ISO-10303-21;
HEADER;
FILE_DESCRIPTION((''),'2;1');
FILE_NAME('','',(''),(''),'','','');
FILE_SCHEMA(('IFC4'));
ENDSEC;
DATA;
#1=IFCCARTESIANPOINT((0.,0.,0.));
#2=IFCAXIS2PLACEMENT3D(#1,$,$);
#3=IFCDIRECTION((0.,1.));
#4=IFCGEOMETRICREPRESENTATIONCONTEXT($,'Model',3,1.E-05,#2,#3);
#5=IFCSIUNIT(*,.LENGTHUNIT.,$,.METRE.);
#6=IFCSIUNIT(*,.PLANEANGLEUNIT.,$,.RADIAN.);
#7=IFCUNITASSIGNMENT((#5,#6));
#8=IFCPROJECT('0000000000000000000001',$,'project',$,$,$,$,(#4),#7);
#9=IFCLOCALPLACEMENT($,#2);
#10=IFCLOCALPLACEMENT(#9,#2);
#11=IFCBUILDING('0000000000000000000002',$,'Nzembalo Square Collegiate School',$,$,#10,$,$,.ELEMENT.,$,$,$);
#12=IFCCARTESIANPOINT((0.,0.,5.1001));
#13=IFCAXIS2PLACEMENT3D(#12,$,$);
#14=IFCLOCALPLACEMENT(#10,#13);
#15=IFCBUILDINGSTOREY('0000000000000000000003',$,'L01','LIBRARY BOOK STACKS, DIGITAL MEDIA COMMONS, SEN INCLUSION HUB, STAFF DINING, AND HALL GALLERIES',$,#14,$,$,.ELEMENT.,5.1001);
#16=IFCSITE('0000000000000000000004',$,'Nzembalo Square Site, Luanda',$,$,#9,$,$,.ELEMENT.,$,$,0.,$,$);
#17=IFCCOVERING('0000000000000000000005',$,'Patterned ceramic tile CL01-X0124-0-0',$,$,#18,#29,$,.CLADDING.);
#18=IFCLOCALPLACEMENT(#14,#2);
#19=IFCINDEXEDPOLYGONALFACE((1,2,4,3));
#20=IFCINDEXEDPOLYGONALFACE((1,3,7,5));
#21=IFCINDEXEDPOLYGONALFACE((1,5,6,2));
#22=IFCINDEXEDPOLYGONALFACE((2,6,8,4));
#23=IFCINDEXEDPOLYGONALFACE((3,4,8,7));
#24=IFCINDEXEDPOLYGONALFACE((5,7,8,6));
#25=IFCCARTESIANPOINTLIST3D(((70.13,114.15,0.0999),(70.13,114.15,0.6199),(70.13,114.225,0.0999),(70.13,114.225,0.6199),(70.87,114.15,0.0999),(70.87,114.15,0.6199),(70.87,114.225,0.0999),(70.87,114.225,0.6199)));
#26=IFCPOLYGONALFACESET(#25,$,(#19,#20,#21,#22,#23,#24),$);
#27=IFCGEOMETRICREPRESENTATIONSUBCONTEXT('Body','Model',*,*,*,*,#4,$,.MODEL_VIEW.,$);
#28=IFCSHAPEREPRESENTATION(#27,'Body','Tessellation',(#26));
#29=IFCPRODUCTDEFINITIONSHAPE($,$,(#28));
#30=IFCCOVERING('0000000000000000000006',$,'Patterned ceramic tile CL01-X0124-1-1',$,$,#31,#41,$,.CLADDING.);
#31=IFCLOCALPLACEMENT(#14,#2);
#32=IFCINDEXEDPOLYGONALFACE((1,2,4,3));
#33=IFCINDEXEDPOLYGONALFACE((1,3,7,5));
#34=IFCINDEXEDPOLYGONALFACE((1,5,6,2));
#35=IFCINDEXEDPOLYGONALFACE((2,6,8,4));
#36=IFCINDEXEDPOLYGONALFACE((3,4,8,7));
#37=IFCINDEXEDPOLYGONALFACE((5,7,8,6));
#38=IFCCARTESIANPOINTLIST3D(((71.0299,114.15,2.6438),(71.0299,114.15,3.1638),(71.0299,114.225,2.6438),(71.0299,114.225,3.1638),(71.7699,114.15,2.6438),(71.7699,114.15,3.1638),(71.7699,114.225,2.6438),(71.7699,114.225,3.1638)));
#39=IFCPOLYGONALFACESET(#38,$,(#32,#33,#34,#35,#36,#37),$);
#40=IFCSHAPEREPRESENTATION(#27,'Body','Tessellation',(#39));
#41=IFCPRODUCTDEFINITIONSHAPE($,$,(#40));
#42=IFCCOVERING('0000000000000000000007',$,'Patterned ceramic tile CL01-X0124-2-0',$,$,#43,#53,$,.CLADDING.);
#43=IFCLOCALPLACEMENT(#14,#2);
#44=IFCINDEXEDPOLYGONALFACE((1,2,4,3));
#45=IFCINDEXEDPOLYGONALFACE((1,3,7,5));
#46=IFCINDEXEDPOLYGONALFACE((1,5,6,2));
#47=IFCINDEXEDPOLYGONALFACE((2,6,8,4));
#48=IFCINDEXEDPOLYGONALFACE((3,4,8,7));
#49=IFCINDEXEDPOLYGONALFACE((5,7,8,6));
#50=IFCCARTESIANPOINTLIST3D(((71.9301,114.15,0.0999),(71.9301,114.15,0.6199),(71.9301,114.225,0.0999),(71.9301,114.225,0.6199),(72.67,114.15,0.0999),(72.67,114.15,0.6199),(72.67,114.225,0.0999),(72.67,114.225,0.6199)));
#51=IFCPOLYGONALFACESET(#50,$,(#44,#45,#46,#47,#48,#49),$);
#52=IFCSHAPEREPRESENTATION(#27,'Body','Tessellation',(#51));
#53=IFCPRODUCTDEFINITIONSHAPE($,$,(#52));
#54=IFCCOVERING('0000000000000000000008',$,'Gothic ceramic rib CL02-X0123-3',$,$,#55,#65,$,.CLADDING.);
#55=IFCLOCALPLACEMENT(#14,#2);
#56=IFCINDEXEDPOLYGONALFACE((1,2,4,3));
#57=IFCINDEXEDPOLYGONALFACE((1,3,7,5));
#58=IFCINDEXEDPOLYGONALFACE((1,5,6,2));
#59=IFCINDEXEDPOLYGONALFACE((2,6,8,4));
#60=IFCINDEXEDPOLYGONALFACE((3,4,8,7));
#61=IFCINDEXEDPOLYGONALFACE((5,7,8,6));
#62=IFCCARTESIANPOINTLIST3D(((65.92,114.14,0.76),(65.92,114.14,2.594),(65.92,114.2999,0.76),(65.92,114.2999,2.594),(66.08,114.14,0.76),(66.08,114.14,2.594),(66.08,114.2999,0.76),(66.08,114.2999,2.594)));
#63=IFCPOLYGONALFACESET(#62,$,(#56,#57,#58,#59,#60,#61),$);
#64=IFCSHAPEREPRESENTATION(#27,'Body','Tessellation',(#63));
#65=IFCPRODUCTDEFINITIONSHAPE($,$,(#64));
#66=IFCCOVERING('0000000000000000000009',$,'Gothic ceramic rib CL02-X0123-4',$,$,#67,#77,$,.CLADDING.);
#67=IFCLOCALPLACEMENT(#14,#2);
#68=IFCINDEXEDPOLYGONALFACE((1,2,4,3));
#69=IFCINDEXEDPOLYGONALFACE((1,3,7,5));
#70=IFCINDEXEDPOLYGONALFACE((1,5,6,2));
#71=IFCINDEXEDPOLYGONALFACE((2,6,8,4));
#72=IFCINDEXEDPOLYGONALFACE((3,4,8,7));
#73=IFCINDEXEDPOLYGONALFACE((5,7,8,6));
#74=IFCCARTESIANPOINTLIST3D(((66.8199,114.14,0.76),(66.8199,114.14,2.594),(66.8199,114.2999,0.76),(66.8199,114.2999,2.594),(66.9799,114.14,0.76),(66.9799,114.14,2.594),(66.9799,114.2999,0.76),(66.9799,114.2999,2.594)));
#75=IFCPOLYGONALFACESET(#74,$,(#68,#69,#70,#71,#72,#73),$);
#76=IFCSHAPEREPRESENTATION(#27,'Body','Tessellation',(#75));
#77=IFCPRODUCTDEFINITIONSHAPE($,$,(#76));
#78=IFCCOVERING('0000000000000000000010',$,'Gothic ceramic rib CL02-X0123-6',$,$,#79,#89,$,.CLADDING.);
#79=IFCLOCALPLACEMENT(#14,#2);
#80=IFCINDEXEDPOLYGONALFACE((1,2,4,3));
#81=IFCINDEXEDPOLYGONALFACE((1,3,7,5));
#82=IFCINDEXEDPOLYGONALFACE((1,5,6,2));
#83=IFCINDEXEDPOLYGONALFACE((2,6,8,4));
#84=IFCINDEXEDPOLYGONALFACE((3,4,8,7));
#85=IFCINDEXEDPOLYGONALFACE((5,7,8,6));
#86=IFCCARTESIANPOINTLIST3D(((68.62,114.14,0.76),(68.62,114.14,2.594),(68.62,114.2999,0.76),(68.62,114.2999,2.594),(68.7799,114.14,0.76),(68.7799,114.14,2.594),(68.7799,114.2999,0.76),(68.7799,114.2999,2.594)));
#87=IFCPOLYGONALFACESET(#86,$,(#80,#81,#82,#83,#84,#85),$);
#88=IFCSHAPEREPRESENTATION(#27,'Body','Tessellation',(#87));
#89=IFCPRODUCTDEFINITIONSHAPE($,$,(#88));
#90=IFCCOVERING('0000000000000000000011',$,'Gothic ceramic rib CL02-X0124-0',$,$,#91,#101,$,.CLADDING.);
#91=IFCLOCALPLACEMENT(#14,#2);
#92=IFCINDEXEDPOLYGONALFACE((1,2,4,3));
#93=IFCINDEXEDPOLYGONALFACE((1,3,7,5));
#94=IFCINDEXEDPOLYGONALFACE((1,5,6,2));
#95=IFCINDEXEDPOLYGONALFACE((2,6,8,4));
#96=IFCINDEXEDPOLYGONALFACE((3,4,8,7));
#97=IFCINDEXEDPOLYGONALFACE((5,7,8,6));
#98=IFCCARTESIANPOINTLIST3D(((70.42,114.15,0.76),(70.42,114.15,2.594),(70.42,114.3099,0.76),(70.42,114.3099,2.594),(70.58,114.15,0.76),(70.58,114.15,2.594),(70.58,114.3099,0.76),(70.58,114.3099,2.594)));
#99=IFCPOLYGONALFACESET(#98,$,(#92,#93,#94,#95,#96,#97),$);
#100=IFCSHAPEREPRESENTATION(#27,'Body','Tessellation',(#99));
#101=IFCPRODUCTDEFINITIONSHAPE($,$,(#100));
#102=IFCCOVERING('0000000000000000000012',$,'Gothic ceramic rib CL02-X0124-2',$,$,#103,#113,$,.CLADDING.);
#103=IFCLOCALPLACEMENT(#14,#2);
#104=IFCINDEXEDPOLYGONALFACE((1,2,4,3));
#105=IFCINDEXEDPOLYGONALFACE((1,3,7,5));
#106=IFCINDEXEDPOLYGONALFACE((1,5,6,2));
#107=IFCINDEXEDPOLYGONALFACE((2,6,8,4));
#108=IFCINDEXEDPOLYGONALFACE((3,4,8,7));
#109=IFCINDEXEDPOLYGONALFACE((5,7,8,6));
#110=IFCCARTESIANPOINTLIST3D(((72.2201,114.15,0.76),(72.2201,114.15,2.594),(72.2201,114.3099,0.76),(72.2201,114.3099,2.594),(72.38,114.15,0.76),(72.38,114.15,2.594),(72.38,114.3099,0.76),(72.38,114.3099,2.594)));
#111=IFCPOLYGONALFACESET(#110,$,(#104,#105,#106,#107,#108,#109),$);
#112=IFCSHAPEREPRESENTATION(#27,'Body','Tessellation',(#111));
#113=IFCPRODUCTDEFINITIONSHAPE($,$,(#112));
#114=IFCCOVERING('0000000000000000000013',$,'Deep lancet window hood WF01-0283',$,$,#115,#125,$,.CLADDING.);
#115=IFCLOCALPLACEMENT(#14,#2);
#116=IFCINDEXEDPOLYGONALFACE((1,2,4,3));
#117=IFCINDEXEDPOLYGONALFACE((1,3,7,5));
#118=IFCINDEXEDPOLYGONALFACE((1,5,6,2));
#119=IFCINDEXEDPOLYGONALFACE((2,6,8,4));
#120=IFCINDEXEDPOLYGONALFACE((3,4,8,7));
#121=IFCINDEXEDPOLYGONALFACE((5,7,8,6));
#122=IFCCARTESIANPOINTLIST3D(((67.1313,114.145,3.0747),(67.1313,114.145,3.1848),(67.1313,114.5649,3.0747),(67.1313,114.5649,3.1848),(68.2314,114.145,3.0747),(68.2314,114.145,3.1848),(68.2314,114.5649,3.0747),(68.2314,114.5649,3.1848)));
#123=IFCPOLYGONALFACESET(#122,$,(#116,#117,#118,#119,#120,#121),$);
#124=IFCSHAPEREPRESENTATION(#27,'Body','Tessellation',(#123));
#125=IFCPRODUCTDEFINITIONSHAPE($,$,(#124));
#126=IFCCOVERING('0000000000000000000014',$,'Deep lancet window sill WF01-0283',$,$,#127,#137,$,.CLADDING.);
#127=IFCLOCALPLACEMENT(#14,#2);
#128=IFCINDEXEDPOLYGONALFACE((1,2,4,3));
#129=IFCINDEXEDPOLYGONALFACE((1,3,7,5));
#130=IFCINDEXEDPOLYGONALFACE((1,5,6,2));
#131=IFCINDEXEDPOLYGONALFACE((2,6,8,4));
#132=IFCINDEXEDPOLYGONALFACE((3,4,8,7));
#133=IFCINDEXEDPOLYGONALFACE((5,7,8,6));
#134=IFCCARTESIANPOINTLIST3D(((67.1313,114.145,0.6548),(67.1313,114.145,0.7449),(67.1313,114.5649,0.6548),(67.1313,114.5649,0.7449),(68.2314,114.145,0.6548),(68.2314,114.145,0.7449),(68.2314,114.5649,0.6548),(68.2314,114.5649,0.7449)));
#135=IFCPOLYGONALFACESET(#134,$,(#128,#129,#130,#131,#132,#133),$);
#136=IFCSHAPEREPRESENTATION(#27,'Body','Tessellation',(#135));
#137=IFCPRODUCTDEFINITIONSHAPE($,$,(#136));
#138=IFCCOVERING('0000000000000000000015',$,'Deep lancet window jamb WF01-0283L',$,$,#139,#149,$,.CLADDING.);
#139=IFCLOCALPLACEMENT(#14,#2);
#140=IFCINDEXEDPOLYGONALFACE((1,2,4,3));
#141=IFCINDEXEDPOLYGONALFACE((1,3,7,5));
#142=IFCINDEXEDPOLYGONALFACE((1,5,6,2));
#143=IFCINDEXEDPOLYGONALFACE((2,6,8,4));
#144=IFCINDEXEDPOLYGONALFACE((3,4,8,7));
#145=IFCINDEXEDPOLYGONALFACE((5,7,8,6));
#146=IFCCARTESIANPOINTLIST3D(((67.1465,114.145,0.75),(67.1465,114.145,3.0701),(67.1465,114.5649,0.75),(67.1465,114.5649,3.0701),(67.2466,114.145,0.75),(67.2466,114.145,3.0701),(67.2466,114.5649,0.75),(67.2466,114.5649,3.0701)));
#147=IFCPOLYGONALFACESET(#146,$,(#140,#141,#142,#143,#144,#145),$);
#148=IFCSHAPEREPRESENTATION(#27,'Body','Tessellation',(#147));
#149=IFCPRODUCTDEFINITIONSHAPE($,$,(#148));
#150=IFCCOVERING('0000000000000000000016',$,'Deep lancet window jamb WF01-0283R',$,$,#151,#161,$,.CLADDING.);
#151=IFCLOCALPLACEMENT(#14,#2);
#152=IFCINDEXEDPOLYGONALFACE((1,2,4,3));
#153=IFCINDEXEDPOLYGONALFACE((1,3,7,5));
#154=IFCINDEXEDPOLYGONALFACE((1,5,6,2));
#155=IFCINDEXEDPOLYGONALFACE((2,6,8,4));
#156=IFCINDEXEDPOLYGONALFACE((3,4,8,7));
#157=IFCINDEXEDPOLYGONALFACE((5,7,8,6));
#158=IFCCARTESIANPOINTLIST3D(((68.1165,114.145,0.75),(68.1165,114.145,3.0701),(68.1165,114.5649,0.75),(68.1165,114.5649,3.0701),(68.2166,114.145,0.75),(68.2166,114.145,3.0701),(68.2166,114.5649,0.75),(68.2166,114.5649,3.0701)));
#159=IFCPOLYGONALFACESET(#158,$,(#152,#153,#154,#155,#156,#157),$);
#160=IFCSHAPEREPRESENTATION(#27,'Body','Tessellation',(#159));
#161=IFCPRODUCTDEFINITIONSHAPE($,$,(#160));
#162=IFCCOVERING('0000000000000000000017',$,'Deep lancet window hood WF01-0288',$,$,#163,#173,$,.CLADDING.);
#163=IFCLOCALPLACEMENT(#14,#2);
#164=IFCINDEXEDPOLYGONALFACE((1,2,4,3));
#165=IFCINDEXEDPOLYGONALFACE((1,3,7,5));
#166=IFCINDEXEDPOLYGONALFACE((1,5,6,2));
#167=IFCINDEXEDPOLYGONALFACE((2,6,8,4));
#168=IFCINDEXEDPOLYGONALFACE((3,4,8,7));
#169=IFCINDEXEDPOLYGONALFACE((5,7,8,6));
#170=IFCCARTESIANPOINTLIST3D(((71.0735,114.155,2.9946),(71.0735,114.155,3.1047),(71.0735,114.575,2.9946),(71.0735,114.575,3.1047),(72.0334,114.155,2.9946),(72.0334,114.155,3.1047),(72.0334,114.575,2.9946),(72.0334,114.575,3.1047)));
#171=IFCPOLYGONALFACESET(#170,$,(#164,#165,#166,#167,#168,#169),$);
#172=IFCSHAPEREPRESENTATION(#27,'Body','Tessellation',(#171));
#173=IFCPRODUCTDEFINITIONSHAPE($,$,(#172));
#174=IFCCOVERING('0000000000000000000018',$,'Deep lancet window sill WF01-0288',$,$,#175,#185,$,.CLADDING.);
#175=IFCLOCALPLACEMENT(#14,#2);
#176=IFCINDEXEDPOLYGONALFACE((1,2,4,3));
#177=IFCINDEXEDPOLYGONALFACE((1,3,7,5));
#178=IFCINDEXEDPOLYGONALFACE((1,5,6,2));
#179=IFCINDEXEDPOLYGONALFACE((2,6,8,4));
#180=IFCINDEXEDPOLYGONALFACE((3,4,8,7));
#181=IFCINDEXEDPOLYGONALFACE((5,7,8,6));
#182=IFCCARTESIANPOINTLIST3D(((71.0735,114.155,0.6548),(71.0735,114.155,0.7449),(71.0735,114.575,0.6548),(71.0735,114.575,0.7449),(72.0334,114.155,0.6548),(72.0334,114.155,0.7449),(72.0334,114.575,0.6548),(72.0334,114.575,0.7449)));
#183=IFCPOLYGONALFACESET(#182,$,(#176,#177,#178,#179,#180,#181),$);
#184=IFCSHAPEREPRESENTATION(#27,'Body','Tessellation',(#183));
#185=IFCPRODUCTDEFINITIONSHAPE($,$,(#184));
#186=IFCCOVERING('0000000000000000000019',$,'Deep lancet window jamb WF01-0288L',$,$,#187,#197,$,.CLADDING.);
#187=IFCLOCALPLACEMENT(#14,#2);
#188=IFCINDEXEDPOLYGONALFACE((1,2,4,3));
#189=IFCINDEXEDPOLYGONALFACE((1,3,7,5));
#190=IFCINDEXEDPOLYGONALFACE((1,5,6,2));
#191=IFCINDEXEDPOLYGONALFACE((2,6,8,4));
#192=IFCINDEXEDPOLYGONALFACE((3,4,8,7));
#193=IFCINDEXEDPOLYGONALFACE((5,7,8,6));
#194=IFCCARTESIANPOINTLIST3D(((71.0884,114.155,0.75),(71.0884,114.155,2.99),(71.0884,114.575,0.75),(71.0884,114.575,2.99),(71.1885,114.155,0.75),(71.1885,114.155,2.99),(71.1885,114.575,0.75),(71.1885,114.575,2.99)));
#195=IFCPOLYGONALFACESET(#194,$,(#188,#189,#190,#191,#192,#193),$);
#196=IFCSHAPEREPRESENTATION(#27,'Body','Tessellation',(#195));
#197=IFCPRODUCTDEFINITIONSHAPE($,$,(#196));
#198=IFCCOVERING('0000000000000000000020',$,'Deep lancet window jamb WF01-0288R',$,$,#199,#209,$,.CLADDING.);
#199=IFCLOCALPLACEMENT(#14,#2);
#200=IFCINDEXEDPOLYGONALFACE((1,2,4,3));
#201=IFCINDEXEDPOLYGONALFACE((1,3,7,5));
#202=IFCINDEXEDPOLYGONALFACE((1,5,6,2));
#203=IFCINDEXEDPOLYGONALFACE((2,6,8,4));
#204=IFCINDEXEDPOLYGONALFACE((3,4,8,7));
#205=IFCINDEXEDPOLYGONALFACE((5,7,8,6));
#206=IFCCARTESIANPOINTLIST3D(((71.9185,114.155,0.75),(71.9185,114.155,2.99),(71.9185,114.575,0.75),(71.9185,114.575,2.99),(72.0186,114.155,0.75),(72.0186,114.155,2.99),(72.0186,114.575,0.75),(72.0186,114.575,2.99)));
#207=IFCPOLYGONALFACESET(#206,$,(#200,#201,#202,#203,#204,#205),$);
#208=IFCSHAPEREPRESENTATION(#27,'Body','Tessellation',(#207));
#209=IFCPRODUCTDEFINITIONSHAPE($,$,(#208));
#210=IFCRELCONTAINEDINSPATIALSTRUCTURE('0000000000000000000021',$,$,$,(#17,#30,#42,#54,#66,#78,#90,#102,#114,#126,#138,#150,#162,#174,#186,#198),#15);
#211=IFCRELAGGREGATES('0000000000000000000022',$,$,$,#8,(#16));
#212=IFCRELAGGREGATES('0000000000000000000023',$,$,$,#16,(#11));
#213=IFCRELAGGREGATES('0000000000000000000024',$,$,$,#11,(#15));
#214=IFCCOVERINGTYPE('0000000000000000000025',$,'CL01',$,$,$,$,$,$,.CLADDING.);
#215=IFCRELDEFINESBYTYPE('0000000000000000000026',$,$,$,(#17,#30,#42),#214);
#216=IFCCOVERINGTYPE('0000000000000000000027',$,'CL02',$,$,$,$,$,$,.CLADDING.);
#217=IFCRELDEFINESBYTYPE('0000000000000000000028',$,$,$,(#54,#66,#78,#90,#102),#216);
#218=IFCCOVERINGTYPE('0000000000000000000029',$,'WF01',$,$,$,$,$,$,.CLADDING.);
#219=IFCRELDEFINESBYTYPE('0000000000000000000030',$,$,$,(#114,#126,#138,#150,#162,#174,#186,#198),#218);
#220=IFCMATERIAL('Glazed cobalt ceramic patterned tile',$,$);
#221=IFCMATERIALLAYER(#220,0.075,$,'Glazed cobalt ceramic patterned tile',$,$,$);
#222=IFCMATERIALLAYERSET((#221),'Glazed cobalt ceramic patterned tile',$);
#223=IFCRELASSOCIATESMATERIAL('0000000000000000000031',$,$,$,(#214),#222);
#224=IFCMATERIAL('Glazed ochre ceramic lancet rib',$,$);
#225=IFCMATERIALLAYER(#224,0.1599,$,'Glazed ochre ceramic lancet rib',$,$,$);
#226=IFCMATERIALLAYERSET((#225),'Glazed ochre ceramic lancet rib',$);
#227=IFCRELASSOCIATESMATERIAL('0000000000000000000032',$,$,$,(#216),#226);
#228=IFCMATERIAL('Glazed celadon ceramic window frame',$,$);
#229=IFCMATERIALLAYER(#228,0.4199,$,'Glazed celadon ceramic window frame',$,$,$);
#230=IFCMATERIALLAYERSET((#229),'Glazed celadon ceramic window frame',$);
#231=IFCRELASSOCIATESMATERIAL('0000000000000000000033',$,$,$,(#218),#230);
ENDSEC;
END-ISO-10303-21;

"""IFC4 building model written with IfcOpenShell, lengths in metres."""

from ifc_helpers import new_model, si_unit, direction, frame, origin, origin_2d, place, context, subcontext, project, spatial, rectangle, extrude, material, layer, layer_set, type_object, element, save


model = new_model("IFC4")

# Units and contexts
model_context = context("Model", 3, precision=1e-05, world=origin(), true_north=direction((0.0, 1.0)))
body_context = subcontext(model_context, "Body", "Model", "MODEL_VIEW")
ifc_project = project(units=[si_unit("LENGTHUNIT", "METRE"), si_unit("PLANEANGLEUNIT", "RADIAN")], contexts=[model_context])

# Site, building, storey
site_placement = place(None, origin())
site = spatial("IfcSite", under=ifc_project, at=site_placement, Name="Nzembalo Square Site, Luanda", CompositionType="ELEMENT", RefElevation=0.0)
building_placement = place(site_placement, origin())
building = spatial("IfcBuilding", under=site, at=building_placement, Name="Nzembalo Square Collegiate School", CompositionType="ELEMENT")
storey_placement = place(building_placement, frame((0.0, 0.0, 5.1001)))
storey = spatial("IfcBuildingStorey", under=building, at=storey_placement, Name="L01", Description="LIBRARY BOOK STACKS, DIGITAL MEDIA COMMONS, SEN INCLUSION HUB, STAFF DINING, AND HALL GALLERIES", CompositionType="ELEMENT", Elevation=5.1001)

# Coverings
ifc_material_1 = material(Name="Glazed cobalt ceramic patterned tile")
ifc_layer_1 = layer(ifc_material_1, 0.075, Name="Glazed cobalt ceramic patterned tile")
ifc_layer_set_1 = layer_set([ifc_layer_1], Name="Glazed cobalt ceramic patterned tile")
covering_type_1 = type_object("IfcCoveringType", Name="CL01", PredefinedType="CLADDING", material=ifc_layer_set_1)
for number, where, z_axis, x_axis, name in (
    (1, (70.5, 114.1875, 0.0999), (0.0, 0.0, 1.0), (1.0, 0.0, 0.0), "Patterned ceramic tile CL01-X0124-0-0"),
    (2, (71.3999, 114.1875, 2.6438), (0.0, 0.0, 1.0), (1.0, 0.0, 0.0), "Patterned ceramic tile CL01-X0124-1-1"),
    (3, (72.3, 114.1875, 0.0999), (0.0, 0.0, 1.0), (1.0, 0.0, 0.0), "Patterned ceramic tile CL01-X0124-2-0"),
):
    element("IfcCovering", number, at=place(storey_placement, frame(where, z_axis=z_axis, x_axis=x_axis)), inside=storey, type_object=covering_type_1, Name=name, PredefinedType="CLADDING", context=body_context, shape_type="SweptSolid", body=[
        extrude(rectangle(XDim=0.74, YDim=0.075, at=origin_2d()), origin(), (0.0, 0.0, 1.0), 0.52),
    ])
ifc_material_2 = material(Name="Glazed ochre ceramic lancet rib")
ifc_layer_2 = layer(ifc_material_2, 0.1599, Name="Glazed ochre ceramic lancet rib")
ifc_layer_set_2 = layer_set([ifc_layer_2], Name="Glazed ochre ceramic lancet rib")
covering_type_2 = type_object("IfcCoveringType", Name="CL02", PredefinedType="CLADDING", material=ifc_layer_set_2)
for number, where, z_axis, x_axis, name in (
    (4, (66.0, 114.22, 0.76), (0.0, 0.0, 1.0), (1.0, 0.0, 0.0), "Gothic ceramic rib CL02-X0123-3"),
    (5, (66.8999, 114.22, 0.76), (0.0, 0.0, 1.0), (1.0, 0.0, 0.0), "Gothic ceramic rib CL02-X0123-4"),
    (6, (68.7, 114.22, 0.76), (0.0, 0.0, 1.0), (1.0, 0.0, 0.0), "Gothic ceramic rib CL02-X0123-6"),
    (7, (70.5, 114.23, 0.76), (0.0, 0.0, 1.0), (1.0, 0.0, 0.0), "Gothic ceramic rib CL02-X0124-0"),
    (8, (72.3, 114.23, 0.76), (0.0, 0.0, 1.0), (1.0, 0.0, 0.0), "Gothic ceramic rib CL02-X0124-2"),
):
    element("IfcCovering", number, at=place(storey_placement, frame(where, z_axis=z_axis, x_axis=x_axis)), inside=storey, type_object=covering_type_2, Name=name, PredefinedType="CLADDING", context=body_context, shape_type="SweptSolid", body=[
        extrude(rectangle(XDim=0.1599, YDim=0.1599, at=origin_2d()), origin(), (0.0, 0.0, 1.0), 1.834),
    ])
ifc_material_3 = material(Name="Glazed celadon ceramic window frame")
ifc_layer_3 = layer(ifc_material_3, 0.4199, Name="Glazed celadon ceramic window frame")
ifc_layer_set_3 = layer_set([ifc_layer_3], Name="Glazed celadon ceramic window frame")
covering_type_3 = type_object("IfcCoveringType", Name="WF01", PredefinedType="CLADDING", material=ifc_layer_set_3)
covering_1_placement = place(storey_placement, frame((67.6814, 114.355, 3.0747), z_axis=(0.0, 0.0, 1.0), x_axis=(1.0, 0.0, 0.0)))
element("IfcCovering", 9, at=covering_1_placement, inside=storey, type_object=covering_type_3, Name="Deep lancet window hood WF01-0283", PredefinedType="CLADDING", context=body_context, shape_type="SweptSolid", body=[
    extrude(rectangle(XDim=1.1001, YDim=0.4199, at=origin_2d()), origin(), (0.0, 0.0, 1.0), 0.1101),
])
covering_2_placement = place(storey_placement, frame((67.6814, 114.355, 0.6548), z_axis=(0.0, 0.0, 1.0), x_axis=(1.0, 0.0, 0.0)))
element("IfcCovering", 10, at=covering_2_placement, inside=storey, type_object=covering_type_3, Name="Deep lancet window sill WF01-0283", PredefinedType="CLADDING", context=body_context, shape_type="SweptSolid", body=[
    extrude(rectangle(XDim=1.1001, YDim=0.4199, at=origin_2d()), origin(), (0.0, 0.0, 1.0), 0.0901),
])
for number, where, z_axis, x_axis, name in (
    (11, (67.1965, 114.355, 0.75), (0.0, 0.0, 1.0), (1.0, 0.0, 0.0), "Deep lancet window jamb WF01-0283L"),
    (12, (68.1665, 114.355, 0.75), (0.0, 0.0, 1.0), (1.0, 0.0, 0.0), "Deep lancet window jamb WF01-0283R"),
):
    element("IfcCovering", number, at=place(storey_placement, frame(where, z_axis=z_axis, x_axis=x_axis)), inside=storey, type_object=covering_type_3, Name=name, PredefinedType="CLADDING", context=body_context, shape_type="SweptSolid", body=[
        extrude(rectangle(XDim=0.1001, YDim=0.4199, at=origin_2d()), origin(), (0.0, 0.0, 1.0), 2.3201),
    ])
covering_3_placement = place(storey_placement, frame((71.5535, 114.365, 2.9946), z_axis=(0.0, 0.0, 1.0), x_axis=(1.0, 0.0, 0.0)))
element("IfcCovering", 13, at=covering_3_placement, inside=storey, type_object=covering_type_3, Name="Deep lancet window hood WF01-0288", PredefinedType="CLADDING", context=body_context, shape_type="SweptSolid", body=[
    extrude(rectangle(XDim=0.96, YDim=0.4199, at=origin_2d()), origin(), (0.0, 0.0, 1.0), 0.1101),
])
covering_4_placement = place(storey_placement, frame((71.5535, 114.365, 0.6548), z_axis=(0.0, 0.0, 1.0), x_axis=(1.0, 0.0, 0.0)))
element("IfcCovering", 14, at=covering_4_placement, inside=storey, type_object=covering_type_3, Name="Deep lancet window sill WF01-0288", PredefinedType="CLADDING", context=body_context, shape_type="SweptSolid", body=[
    extrude(rectangle(XDim=0.96, YDim=0.4199, at=origin_2d()), origin(), (0.0, 0.0, 1.0), 0.0901),
])
for number, where, z_axis, x_axis, name in (
    (15, (71.1384, 114.365, 0.75), (0.0, 0.0, 1.0), (1.0, 0.0, 0.0), "Deep lancet window jamb WF01-0288L"),
    (16, (71.9685, 114.365, 0.75), (0.0, 0.0, 1.0), (1.0, 0.0, 0.0), "Deep lancet window jamb WF01-0288R"),
):
    element("IfcCovering", number, at=place(storey_placement, frame(where, z_axis=z_axis, x_axis=x_axis)), inside=storey, type_object=covering_type_3, Name=name, PredefinedType="CLADDING", context=body_context, shape_type="SweptSolid", body=[
        extrude(rectangle(XDim=0.1001, YDim=0.4199, at=origin_2d()), origin(), (0.0, 0.0, 1.0), 2.24),
    ])

save(model, "model.ifc")
